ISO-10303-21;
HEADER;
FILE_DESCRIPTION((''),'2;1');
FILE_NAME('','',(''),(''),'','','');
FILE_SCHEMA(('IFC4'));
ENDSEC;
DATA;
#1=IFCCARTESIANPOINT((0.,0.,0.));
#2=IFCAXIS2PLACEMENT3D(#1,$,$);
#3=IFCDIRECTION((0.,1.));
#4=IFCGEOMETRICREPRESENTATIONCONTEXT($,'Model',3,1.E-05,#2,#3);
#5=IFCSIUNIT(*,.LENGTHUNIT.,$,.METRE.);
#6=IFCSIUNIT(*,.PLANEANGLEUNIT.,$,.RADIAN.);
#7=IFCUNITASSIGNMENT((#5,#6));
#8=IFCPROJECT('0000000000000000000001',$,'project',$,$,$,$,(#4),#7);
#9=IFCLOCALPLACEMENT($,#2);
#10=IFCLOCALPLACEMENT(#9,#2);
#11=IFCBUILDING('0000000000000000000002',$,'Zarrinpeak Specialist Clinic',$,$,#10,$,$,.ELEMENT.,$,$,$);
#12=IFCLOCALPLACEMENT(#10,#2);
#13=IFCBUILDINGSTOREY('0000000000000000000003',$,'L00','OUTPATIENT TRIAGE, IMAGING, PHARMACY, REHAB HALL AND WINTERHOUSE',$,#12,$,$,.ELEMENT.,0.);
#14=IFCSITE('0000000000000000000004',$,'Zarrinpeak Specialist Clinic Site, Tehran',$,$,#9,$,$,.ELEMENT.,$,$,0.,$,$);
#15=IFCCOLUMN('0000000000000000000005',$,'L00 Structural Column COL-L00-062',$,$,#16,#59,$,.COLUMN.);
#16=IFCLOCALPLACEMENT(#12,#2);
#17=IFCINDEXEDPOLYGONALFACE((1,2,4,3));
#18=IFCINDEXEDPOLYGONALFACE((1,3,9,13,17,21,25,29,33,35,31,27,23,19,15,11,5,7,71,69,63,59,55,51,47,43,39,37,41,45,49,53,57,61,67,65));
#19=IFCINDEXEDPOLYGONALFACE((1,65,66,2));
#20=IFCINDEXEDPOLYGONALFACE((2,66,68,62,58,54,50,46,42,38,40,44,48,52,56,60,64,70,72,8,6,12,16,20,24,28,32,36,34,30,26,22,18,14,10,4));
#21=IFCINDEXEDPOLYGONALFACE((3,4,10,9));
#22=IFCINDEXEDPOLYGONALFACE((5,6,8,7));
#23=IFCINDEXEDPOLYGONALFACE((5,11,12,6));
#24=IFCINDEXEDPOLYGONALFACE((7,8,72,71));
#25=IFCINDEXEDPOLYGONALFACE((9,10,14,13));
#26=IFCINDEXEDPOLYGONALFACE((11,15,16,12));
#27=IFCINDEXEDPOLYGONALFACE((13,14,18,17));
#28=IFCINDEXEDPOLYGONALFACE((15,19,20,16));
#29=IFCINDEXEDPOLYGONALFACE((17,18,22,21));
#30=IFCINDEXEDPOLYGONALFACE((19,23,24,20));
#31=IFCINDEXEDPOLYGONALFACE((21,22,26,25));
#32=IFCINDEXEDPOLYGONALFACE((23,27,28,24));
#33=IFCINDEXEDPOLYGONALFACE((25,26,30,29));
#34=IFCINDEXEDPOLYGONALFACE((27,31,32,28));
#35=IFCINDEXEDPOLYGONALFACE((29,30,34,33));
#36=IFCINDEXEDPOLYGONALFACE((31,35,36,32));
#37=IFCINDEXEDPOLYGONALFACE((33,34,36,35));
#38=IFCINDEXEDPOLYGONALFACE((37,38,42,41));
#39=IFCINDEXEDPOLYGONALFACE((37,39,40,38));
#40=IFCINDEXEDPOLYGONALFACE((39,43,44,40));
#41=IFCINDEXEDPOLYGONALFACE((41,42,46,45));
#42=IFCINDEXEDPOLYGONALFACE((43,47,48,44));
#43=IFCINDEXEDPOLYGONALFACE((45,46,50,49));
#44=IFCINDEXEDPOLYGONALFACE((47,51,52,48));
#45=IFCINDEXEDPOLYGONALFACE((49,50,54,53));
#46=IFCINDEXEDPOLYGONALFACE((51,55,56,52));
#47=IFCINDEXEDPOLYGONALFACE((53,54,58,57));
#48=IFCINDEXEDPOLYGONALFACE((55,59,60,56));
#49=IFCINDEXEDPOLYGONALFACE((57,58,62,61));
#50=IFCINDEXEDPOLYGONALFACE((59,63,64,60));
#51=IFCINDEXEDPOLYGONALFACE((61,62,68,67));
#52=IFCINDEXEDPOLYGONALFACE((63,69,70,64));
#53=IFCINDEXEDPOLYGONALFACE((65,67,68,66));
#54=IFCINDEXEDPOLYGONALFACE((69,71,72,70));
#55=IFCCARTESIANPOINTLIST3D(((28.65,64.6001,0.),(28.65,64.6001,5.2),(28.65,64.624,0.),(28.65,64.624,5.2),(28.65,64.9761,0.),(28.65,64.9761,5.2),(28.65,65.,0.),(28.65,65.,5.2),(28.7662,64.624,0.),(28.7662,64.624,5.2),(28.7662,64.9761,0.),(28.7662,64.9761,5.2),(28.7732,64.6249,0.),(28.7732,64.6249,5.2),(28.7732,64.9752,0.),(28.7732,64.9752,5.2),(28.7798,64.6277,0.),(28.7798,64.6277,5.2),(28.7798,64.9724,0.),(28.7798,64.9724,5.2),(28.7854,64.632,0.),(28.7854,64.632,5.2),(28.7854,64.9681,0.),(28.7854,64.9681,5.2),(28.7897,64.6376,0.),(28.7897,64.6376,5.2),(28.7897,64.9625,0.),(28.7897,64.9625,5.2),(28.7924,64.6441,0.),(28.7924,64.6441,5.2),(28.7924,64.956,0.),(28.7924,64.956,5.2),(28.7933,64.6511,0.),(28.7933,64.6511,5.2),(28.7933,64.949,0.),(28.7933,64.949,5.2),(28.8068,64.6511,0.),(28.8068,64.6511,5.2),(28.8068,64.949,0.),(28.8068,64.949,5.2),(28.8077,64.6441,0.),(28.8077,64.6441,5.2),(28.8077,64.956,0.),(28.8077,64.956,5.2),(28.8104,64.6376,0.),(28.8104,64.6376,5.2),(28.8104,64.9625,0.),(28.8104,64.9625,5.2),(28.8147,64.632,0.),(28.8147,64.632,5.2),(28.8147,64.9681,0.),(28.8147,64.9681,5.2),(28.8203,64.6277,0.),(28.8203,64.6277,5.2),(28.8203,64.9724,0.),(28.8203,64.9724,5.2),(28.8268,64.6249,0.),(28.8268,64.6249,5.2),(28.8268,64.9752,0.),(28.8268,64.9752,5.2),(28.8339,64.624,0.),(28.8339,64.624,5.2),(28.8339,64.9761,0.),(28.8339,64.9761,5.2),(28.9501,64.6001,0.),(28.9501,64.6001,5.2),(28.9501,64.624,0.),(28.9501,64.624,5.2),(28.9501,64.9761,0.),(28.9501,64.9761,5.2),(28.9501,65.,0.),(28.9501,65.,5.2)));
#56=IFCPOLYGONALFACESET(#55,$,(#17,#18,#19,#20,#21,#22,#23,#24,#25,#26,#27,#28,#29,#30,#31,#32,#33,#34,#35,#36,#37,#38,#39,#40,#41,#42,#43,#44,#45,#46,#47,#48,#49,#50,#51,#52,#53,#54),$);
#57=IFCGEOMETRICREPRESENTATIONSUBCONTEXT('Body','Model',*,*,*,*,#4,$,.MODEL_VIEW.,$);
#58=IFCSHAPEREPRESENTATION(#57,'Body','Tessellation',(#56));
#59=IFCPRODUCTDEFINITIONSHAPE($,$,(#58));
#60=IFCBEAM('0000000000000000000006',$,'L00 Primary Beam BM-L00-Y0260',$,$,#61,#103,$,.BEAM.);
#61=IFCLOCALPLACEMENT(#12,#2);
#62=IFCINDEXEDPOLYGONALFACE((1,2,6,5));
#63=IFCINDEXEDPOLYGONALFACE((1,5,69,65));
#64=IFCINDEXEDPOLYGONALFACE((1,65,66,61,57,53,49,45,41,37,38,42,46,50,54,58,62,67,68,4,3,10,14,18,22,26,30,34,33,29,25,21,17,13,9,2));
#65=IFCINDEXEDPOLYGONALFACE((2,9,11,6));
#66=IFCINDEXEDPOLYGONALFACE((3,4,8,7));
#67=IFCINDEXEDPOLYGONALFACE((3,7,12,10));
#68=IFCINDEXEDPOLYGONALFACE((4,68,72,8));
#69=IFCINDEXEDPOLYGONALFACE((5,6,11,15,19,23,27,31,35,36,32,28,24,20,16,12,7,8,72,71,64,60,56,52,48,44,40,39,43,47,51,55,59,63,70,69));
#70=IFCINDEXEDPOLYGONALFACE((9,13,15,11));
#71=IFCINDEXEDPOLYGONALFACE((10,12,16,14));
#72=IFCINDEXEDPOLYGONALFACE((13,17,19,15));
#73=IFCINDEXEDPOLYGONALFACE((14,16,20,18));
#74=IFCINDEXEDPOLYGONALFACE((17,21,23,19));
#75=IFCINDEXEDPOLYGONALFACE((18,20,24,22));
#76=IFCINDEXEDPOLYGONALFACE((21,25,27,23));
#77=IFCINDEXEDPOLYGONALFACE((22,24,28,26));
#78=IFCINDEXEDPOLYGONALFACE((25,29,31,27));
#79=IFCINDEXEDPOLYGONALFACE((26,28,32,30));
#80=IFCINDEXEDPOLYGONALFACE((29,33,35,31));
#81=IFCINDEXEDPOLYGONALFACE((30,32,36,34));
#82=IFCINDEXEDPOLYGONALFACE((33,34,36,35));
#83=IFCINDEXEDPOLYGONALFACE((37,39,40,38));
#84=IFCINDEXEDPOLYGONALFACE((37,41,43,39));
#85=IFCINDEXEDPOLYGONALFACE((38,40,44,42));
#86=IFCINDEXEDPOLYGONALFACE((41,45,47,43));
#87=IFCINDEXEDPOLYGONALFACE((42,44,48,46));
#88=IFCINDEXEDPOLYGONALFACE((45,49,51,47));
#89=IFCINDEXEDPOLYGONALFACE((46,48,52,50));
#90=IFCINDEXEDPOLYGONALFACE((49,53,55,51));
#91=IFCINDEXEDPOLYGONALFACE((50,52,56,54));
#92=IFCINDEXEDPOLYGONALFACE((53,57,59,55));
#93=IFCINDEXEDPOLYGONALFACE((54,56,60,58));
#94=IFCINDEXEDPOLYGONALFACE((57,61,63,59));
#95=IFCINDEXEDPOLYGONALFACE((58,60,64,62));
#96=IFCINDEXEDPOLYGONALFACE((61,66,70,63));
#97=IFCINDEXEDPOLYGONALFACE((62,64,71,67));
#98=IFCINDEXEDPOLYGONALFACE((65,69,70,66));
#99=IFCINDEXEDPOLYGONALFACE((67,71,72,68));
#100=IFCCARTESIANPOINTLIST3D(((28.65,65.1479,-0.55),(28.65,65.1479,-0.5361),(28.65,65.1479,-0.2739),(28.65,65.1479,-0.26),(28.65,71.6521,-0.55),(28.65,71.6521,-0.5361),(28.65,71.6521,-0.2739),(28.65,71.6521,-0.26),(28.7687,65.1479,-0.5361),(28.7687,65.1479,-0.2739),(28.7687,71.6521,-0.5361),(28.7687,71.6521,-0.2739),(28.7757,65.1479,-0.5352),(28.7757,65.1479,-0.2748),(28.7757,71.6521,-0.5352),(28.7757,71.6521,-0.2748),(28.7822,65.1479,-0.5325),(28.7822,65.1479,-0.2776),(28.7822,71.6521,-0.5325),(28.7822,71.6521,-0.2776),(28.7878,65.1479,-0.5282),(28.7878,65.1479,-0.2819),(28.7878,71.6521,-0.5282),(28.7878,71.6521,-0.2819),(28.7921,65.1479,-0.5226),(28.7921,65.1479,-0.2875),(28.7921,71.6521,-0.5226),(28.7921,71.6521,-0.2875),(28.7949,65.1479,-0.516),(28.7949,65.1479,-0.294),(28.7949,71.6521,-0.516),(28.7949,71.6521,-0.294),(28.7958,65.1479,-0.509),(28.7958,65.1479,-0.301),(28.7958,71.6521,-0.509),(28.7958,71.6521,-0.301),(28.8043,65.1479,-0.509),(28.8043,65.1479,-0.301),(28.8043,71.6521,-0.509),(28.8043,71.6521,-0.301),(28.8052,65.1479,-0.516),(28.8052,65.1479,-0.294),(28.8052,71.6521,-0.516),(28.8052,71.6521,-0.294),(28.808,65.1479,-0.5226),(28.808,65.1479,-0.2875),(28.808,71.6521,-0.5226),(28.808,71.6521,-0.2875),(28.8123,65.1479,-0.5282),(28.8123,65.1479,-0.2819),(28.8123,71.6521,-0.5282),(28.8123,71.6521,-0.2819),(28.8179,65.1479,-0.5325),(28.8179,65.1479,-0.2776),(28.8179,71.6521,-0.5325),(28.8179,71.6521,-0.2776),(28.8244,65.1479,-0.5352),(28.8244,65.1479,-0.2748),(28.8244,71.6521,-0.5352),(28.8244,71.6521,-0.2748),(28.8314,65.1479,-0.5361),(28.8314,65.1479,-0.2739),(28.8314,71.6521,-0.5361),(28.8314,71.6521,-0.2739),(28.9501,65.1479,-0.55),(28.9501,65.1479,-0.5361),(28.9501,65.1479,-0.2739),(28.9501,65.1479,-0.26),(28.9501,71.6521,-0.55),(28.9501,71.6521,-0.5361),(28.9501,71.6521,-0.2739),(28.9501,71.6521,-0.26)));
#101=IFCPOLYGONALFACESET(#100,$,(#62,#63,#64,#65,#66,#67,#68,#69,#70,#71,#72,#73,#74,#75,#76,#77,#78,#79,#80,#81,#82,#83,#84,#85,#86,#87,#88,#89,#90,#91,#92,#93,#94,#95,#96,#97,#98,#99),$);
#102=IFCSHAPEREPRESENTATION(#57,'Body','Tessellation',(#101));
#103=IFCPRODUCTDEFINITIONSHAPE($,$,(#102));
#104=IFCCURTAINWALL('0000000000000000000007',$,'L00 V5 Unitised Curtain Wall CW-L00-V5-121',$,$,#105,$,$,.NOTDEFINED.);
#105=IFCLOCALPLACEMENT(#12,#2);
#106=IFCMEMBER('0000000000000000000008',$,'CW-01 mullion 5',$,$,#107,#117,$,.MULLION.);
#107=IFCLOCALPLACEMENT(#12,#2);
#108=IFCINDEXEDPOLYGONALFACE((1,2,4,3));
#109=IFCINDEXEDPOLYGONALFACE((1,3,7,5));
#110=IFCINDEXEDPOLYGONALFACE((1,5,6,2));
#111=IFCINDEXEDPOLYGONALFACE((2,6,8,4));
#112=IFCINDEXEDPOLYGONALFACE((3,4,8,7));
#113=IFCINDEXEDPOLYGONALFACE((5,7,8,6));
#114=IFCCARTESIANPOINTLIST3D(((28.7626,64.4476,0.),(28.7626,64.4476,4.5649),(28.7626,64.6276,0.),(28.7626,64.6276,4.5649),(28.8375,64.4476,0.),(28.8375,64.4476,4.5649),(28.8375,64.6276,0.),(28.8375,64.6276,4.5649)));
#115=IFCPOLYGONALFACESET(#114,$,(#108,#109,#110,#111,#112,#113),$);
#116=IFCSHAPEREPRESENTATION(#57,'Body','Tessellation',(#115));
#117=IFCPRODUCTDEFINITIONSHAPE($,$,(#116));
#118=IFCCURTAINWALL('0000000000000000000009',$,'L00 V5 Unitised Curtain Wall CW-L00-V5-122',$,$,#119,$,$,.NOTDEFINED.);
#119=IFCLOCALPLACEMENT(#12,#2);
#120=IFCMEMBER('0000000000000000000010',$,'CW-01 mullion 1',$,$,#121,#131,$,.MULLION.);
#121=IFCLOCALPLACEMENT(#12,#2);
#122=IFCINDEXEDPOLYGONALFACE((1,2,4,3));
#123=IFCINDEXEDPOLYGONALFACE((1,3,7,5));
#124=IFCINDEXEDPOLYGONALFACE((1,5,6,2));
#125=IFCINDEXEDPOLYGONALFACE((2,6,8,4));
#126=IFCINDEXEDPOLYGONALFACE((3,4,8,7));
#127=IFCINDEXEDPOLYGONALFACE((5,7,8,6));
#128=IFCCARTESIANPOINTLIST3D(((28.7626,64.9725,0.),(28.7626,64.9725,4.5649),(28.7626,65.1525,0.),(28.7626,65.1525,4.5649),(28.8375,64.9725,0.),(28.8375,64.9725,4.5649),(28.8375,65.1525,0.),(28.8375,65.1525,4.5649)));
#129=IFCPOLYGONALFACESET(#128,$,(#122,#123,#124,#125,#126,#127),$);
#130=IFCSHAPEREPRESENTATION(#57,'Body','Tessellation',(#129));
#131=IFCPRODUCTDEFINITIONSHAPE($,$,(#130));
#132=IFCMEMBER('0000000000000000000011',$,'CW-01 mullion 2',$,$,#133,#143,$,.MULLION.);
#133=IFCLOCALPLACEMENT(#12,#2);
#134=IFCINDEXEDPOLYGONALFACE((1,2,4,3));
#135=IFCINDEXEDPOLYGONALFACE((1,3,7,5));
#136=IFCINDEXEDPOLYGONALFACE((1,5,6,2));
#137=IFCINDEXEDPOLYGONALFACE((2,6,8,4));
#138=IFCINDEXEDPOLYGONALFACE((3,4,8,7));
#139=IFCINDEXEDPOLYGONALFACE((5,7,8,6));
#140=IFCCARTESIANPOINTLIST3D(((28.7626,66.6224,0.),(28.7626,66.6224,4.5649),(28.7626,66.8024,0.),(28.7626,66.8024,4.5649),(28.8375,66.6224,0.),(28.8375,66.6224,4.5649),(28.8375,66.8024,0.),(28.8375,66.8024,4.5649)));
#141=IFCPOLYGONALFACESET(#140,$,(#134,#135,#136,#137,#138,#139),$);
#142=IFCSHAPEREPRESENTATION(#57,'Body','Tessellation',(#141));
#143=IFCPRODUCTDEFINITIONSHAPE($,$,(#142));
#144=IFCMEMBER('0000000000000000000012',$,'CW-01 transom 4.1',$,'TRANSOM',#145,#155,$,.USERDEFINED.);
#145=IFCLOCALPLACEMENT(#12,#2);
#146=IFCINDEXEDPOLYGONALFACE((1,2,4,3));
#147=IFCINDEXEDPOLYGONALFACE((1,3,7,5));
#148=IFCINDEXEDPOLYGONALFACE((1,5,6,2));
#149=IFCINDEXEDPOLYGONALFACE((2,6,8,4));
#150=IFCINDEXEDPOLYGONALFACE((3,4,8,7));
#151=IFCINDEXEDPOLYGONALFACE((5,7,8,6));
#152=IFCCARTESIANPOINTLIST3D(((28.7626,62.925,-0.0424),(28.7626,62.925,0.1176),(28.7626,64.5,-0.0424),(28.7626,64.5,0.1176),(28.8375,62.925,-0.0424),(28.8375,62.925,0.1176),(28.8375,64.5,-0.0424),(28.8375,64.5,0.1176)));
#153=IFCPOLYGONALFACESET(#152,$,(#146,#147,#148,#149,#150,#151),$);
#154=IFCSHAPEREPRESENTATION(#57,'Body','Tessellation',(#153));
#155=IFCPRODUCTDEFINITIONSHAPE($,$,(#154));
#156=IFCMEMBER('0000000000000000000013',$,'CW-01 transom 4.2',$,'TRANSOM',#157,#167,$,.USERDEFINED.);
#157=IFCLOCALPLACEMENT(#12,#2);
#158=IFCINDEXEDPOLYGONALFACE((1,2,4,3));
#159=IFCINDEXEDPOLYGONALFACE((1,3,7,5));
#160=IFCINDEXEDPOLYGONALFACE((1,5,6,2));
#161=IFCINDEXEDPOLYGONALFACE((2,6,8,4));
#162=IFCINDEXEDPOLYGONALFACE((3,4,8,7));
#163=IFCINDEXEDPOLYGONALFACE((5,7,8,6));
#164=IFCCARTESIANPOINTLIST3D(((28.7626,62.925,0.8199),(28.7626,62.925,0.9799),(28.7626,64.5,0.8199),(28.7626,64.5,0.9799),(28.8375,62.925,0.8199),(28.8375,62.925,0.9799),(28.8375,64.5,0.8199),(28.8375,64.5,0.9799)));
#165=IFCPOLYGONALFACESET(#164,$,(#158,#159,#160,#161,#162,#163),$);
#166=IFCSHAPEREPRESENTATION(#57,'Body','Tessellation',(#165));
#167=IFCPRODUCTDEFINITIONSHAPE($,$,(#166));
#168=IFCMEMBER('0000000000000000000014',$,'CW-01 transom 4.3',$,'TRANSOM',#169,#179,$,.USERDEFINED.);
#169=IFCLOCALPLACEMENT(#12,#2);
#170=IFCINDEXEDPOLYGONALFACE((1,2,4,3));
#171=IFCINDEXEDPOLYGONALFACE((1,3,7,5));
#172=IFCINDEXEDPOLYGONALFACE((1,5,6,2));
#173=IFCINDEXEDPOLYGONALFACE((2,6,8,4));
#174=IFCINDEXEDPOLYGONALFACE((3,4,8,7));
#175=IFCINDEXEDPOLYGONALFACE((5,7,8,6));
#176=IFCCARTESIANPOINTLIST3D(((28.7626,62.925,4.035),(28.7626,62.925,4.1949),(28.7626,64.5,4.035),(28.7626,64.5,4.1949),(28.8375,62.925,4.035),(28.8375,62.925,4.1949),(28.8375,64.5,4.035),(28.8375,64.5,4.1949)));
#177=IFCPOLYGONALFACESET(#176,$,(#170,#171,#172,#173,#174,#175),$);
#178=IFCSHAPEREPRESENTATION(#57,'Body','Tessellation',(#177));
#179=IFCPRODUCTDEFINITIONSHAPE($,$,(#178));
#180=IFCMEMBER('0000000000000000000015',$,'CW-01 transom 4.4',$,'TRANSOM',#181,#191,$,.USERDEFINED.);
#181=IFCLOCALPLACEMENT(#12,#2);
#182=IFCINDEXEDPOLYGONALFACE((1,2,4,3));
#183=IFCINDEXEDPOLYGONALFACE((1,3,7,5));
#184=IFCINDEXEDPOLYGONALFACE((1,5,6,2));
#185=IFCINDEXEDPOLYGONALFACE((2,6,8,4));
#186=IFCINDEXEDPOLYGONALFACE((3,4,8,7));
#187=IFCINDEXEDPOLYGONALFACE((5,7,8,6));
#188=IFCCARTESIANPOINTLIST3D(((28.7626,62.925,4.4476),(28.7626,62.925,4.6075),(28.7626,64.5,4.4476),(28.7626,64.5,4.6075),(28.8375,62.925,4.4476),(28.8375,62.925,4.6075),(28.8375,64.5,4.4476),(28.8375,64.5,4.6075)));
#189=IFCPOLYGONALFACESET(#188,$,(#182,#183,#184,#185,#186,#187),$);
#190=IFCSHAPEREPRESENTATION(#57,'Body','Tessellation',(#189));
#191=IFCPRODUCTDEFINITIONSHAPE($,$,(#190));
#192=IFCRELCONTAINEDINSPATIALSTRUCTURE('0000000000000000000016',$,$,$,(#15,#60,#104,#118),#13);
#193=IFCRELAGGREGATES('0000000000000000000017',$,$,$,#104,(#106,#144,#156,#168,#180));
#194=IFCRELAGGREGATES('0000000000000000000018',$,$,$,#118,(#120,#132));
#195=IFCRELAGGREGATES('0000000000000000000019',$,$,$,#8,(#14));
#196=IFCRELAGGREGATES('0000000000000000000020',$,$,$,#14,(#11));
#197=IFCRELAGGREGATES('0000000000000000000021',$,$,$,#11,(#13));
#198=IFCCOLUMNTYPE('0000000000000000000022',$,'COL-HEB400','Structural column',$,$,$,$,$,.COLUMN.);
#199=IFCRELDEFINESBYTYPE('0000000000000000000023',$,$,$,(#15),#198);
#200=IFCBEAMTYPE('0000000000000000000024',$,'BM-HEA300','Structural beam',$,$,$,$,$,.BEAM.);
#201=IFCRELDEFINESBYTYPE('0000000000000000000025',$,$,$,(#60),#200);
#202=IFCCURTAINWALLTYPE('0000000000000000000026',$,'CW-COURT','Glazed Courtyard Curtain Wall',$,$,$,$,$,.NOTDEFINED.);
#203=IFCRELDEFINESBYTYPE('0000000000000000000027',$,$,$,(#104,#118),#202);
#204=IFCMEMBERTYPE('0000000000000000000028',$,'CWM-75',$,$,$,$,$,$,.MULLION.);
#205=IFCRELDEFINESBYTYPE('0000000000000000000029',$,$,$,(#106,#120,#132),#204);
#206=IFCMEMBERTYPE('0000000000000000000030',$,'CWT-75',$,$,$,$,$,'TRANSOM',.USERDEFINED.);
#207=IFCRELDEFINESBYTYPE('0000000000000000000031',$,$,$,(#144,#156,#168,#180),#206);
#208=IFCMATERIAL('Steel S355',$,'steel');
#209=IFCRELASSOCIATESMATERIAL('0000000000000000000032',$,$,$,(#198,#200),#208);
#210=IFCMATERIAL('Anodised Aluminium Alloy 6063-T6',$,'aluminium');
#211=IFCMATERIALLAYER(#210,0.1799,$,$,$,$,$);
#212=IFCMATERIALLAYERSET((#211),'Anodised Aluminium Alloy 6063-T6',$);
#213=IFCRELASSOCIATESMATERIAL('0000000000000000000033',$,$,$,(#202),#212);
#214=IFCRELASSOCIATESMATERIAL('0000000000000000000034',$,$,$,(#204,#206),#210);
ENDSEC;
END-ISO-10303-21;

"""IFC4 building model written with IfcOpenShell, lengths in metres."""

from ifc_helpers import new_model, si_unit, direction, frame, origin, origin_2d, place, context, subcontext, project, spatial, rectangle, i_section, extrude, material, layer, layer_set, material_profile, profile_set, type_object, element, aggregate, save


model = new_model("IFC4")

# Units and contexts
model_context = context("Model", 3, precision=1e-05, world=origin(), true_north=direction((0.0, 1.0)))
body_context = subcontext(model_context, "Body", "Model", "MODEL_VIEW")
ifc_project = project(units=[si_unit("LENGTHUNIT", "METRE"), si_unit("PLANEANGLEUNIT", "RADIAN")], contexts=[model_context])

# Site, building, storey
site_placement = place(None, origin())
site = spatial("IfcSite", under=ifc_project, at=site_placement, Name="Zarrinpeak Specialist Clinic Site, Tehran", CompositionType="ELEMENT", RefElevation=0.0)
building_placement = place(site_placement, origin())
building = spatial("IfcBuilding", under=site, at=building_placement, Name="Zarrinpeak Specialist Clinic", CompositionType="ELEMENT")
storey_placement = place(building_placement, origin())
storey = spatial("IfcBuildingStorey", under=building, at=storey_placement, Name="L00", Description="OUTPATIENT TRIAGE, IMAGING, PHARMACY, REHAB HALL AND WINTERHOUSE", CompositionType="ELEMENT", Elevation=0.0)

# Column
ifc_material_1 = material(Name="Steel S355", Category="steel")
ifc_material_profile_1 = material_profile(ifc_material_1, i_section(OverallWidth=0.3, OverallDepth=0.3999, WebThickness=0.0134, FlangeThickness=0.0239, FilletRadius=0.0271, at=origin_2d()), Name="HEB 400")
ifc_profile_set_1 = profile_set([ifc_material_profile_1], Name="Steel S355")
column_type = type_object("IfcColumnType", Name="COL-HEB400", Description="Structural column", PredefinedType="COLUMN", material=ifc_profile_set_1)
column_placement = place(storey_placement, frame((28.8, 64.8, 0.0), z_axis=(0.0, 0.0, 1.0), x_axis=(1.0, 0.0, 0.0)))
element("IfcColumn", 1, at=column_placement, inside=storey, type_object=column_type, Name="L00 Structural Column COL-L00-062", PredefinedType="COLUMN", context=body_context, shape_type="SweptSolid", body=[
    extrude(i_section(OverallWidth=0.3, OverallDepth=0.3999, WebThickness=0.0134, FlangeThickness=0.0239, FilletRadius=0.0271, at=origin_2d()), origin(), (0.0, 0.0, 1.0), 5.2),
])

# Beam
ifc_material_profile_2 = material_profile(ifc_material_1, i_section(OverallWidth=0.3, OverallDepth=0.29, WebThickness=0.0085, FlangeThickness=0.0139, FilletRadius=0.0271, at=origin_2d()), Name="HEA 300")
ifc_profile_set_2 = profile_set([ifc_material_profile_2], Name="Steel S355")
beam_type = type_object("IfcBeamType", Name="BM-HEA300", Description="Structural beam", PredefinedType="BEAM", material=ifc_profile_set_2)
beam_placement = place(storey_placement, frame((28.8, 65.1479, -0.405), z_axis=(0.0, 1.0, 0.0), x_axis=(-1.0, 0.0, 0.0)))
element("IfcBeam", 2, at=beam_placement, inside=storey, type_object=beam_type, Name="L00 Primary Beam BM-L00-Y0260", PredefinedType="BEAM", context=body_context, shape_type="SweptSolid", body=[
    extrude(i_section(OverallWidth=0.3, OverallDepth=0.29, WebThickness=0.0085, FlangeThickness=0.0139, FilletRadius=0.0271, at=origin_2d()), origin(), (0.0, 0.0, 1.0), 6.5042),
])

# Curtain wall, member
ifc_material_2 = material(Name="Anodised Aluminium Alloy 6063-T6", Category="aluminium")
ifc_layer_1 = layer(ifc_material_2, 0.1799)
ifc_layer_set_1 = layer_set([ifc_layer_1], Name="Anodised Aluminium Alloy 6063-T6")
curtain_wall_type = type_object("IfcCurtainWallType", Name="CW-COURT", Description="Glazed Courtyard Curtain Wall", PredefinedType="NOTDEFINED", material=ifc_layer_set_1)
curtain_wall_1_placement = place(storey_placement, origin())
curtain_wall_1 = element("IfcCurtainWall", 3, at=curtain_wall_1_placement, inside=storey, type_object=curtain_wall_type, Name="L00 V5 Unitised Curtain Wall CW-L00-V5-121", PredefinedType="NOTDEFINED")
ifc_material_profile_3 = material_profile(ifc_material_2, rectangle(XDim=0.075, YDim=0.1799, at=origin_2d()), Name="ALU 75x180")
ifc_profile_set_3 = profile_set([ifc_material_profile_3], Name="Anodised Aluminium Alloy 6063-T6")
member_type_1 = type_object("IfcMemberType", Name="CWM-75", PredefinedType="MULLION", material=ifc_profile_set_3)
member_1_placement = place(storey_placement, frame((28.8, 64.5376, 0.0), z_axis=(0.0, 0.0, 1.0), x_axis=(-1.0, 0.0, 0.0)))
member_1 = element("IfcMember", 4, at=member_1_placement, type_object=member_type_1, Name="CW-01 mullion 5", PredefinedType="MULLION", context=body_context, shape_type="SweptSolid", body=[
    extrude(rectangle(XDim=0.075, YDim=0.1799, at=origin_2d()), origin(), (0.0, 0.0, 1.0), 4.5649),
])

# Curtain wall, members
curtain_wall_2_placement = place(storey_placement, origin())
curtain_wall_2 = element("IfcCurtainWall", 5, at=curtain_wall_2_placement, inside=storey, type_object=curtain_wall_type, Name="L00 V5 Unitised Curtain Wall CW-L00-V5-122", PredefinedType="NOTDEFINED")
member_2_placement = place(storey_placement, frame((28.8, 65.0625, 0.0), z_axis=(0.0, 0.0, 1.0), x_axis=(-1.0, 0.0, 0.0)))
member_2 = element("IfcMember", 6, at=member_2_placement, type_object=member_type_1, Name="CW-01 mullion 1", PredefinedType="MULLION", context=body_context, shape_type="SweptSolid", body=[
    extrude(rectangle(XDim=0.075, YDim=0.1799, at=origin_2d()), origin(), (0.0, 0.0, 1.0), 4.5649),
])
member_3_placement = place(storey_placement, frame((28.8, 66.7124, 0.0), z_axis=(0.0, 0.0, 1.0), x_axis=(-1.0, 0.0, 0.0)))
member_3 = element("IfcMember", 7, at=member_3_placement, type_object=member_type_1, Name="CW-01 mullion 2", PredefinedType="MULLION", context=body_context, shape_type="SweptSolid", body=[
    extrude(rectangle(XDim=0.075, YDim=0.1799, at=origin_2d()), origin(), (0.0, 0.0, 1.0), 4.5649),
])

# Members
ifc_material_profile_4 = material_profile(ifc_material_2, rectangle(XDim=0.075, YDim=0.1599, at=origin_2d()), Name="ALU 75x160")
ifc_profile_set_4 = profile_set([ifc_material_profile_4], Name="Anodised Aluminium Alloy 6063-T6")
member_type_2 = type_object("IfcMemberType", Name="CWT-75", ElementType="TRANSOM", PredefinedType="USERDEFINED", material=ifc_profile_set_4)
member_4_placement = place(storey_placement, frame((28.8, 62.925, 0.0376), z_axis=(0.0, 1.0, 0.0), x_axis=(-1.0, 0.0, 0.0)))
member_4 = element("IfcMember", 8, at=member_4_placement, type_object=member_type_2, Name="CW-01 transom 4.1", ObjectType="TRANSOM", PredefinedType="USERDEFINED", context=body_context, shape_type="SweptSolid", body=[
    extrude(rectangle(XDim=0.075, YDim=0.1599, at=origin_2d()), origin(), (0.0, 0.0, 1.0), 1.575),
])
member_5_placement = place(storey_placement, frame((28.8, 62.925, 0.8999), z_axis=(0.0, 1.0, 0.0), x_axis=(-1.0, 0.0, 0.0)))
member_5 = element("IfcMember", 9, at=member_5_placement, type_object=member_type_2, Name="CW-01 transom 4.2", ObjectType="TRANSOM", PredefinedType="USERDEFINED", context=body_context, shape_type="SweptSolid", body=[
    extrude(rectangle(XDim=0.075, YDim=0.1599, at=origin_2d()), origin(), (0.0, 0.0, 1.0), 1.575),
])
member_6_placement = place(storey_placement, frame((28.8, 62.925, 4.115), z_axis=(0.0, 1.0, 0.0), x_axis=(-1.0, 0.0, 0.0)))
member_6 = element("IfcMember", 10, at=member_6_placement, type_object=member_type_2, Name="CW-01 transom 4.3", ObjectType="TRANSOM", PredefinedType="USERDEFINED", context=body_context, shape_type="SweptSolid", body=[
    extrude(rectangle(XDim=0.075, YDim=0.1599, at=origin_2d()), origin(), (0.0, 0.0, 1.0), 1.575),
])
member_7_placement = place(storey_placement, frame((28.8, 62.925, 4.5276), z_axis=(0.0, 1.0, 0.0), x_axis=(-1.0, 0.0, 0.0)))
member_7 = element("IfcMember", 11, at=member_7_placement, type_object=member_type_2, Name="CW-01 transom 4.4", ObjectType="TRANSOM", PredefinedType="USERDEFINED", context=body_context, shape_type="SweptSolid", body=[
    extrude(rectangle(XDim=0.075, YDim=0.1599, at=origin_2d()), origin(), (0.0, 0.0, 1.0), 1.575),
])

aggregate(curtain_wall_1, [member_1, member_4, member_5, member_6, member_7])
aggregate(curtain_wall_2, [member_2, member_3])

save(model, "model.ifc")
